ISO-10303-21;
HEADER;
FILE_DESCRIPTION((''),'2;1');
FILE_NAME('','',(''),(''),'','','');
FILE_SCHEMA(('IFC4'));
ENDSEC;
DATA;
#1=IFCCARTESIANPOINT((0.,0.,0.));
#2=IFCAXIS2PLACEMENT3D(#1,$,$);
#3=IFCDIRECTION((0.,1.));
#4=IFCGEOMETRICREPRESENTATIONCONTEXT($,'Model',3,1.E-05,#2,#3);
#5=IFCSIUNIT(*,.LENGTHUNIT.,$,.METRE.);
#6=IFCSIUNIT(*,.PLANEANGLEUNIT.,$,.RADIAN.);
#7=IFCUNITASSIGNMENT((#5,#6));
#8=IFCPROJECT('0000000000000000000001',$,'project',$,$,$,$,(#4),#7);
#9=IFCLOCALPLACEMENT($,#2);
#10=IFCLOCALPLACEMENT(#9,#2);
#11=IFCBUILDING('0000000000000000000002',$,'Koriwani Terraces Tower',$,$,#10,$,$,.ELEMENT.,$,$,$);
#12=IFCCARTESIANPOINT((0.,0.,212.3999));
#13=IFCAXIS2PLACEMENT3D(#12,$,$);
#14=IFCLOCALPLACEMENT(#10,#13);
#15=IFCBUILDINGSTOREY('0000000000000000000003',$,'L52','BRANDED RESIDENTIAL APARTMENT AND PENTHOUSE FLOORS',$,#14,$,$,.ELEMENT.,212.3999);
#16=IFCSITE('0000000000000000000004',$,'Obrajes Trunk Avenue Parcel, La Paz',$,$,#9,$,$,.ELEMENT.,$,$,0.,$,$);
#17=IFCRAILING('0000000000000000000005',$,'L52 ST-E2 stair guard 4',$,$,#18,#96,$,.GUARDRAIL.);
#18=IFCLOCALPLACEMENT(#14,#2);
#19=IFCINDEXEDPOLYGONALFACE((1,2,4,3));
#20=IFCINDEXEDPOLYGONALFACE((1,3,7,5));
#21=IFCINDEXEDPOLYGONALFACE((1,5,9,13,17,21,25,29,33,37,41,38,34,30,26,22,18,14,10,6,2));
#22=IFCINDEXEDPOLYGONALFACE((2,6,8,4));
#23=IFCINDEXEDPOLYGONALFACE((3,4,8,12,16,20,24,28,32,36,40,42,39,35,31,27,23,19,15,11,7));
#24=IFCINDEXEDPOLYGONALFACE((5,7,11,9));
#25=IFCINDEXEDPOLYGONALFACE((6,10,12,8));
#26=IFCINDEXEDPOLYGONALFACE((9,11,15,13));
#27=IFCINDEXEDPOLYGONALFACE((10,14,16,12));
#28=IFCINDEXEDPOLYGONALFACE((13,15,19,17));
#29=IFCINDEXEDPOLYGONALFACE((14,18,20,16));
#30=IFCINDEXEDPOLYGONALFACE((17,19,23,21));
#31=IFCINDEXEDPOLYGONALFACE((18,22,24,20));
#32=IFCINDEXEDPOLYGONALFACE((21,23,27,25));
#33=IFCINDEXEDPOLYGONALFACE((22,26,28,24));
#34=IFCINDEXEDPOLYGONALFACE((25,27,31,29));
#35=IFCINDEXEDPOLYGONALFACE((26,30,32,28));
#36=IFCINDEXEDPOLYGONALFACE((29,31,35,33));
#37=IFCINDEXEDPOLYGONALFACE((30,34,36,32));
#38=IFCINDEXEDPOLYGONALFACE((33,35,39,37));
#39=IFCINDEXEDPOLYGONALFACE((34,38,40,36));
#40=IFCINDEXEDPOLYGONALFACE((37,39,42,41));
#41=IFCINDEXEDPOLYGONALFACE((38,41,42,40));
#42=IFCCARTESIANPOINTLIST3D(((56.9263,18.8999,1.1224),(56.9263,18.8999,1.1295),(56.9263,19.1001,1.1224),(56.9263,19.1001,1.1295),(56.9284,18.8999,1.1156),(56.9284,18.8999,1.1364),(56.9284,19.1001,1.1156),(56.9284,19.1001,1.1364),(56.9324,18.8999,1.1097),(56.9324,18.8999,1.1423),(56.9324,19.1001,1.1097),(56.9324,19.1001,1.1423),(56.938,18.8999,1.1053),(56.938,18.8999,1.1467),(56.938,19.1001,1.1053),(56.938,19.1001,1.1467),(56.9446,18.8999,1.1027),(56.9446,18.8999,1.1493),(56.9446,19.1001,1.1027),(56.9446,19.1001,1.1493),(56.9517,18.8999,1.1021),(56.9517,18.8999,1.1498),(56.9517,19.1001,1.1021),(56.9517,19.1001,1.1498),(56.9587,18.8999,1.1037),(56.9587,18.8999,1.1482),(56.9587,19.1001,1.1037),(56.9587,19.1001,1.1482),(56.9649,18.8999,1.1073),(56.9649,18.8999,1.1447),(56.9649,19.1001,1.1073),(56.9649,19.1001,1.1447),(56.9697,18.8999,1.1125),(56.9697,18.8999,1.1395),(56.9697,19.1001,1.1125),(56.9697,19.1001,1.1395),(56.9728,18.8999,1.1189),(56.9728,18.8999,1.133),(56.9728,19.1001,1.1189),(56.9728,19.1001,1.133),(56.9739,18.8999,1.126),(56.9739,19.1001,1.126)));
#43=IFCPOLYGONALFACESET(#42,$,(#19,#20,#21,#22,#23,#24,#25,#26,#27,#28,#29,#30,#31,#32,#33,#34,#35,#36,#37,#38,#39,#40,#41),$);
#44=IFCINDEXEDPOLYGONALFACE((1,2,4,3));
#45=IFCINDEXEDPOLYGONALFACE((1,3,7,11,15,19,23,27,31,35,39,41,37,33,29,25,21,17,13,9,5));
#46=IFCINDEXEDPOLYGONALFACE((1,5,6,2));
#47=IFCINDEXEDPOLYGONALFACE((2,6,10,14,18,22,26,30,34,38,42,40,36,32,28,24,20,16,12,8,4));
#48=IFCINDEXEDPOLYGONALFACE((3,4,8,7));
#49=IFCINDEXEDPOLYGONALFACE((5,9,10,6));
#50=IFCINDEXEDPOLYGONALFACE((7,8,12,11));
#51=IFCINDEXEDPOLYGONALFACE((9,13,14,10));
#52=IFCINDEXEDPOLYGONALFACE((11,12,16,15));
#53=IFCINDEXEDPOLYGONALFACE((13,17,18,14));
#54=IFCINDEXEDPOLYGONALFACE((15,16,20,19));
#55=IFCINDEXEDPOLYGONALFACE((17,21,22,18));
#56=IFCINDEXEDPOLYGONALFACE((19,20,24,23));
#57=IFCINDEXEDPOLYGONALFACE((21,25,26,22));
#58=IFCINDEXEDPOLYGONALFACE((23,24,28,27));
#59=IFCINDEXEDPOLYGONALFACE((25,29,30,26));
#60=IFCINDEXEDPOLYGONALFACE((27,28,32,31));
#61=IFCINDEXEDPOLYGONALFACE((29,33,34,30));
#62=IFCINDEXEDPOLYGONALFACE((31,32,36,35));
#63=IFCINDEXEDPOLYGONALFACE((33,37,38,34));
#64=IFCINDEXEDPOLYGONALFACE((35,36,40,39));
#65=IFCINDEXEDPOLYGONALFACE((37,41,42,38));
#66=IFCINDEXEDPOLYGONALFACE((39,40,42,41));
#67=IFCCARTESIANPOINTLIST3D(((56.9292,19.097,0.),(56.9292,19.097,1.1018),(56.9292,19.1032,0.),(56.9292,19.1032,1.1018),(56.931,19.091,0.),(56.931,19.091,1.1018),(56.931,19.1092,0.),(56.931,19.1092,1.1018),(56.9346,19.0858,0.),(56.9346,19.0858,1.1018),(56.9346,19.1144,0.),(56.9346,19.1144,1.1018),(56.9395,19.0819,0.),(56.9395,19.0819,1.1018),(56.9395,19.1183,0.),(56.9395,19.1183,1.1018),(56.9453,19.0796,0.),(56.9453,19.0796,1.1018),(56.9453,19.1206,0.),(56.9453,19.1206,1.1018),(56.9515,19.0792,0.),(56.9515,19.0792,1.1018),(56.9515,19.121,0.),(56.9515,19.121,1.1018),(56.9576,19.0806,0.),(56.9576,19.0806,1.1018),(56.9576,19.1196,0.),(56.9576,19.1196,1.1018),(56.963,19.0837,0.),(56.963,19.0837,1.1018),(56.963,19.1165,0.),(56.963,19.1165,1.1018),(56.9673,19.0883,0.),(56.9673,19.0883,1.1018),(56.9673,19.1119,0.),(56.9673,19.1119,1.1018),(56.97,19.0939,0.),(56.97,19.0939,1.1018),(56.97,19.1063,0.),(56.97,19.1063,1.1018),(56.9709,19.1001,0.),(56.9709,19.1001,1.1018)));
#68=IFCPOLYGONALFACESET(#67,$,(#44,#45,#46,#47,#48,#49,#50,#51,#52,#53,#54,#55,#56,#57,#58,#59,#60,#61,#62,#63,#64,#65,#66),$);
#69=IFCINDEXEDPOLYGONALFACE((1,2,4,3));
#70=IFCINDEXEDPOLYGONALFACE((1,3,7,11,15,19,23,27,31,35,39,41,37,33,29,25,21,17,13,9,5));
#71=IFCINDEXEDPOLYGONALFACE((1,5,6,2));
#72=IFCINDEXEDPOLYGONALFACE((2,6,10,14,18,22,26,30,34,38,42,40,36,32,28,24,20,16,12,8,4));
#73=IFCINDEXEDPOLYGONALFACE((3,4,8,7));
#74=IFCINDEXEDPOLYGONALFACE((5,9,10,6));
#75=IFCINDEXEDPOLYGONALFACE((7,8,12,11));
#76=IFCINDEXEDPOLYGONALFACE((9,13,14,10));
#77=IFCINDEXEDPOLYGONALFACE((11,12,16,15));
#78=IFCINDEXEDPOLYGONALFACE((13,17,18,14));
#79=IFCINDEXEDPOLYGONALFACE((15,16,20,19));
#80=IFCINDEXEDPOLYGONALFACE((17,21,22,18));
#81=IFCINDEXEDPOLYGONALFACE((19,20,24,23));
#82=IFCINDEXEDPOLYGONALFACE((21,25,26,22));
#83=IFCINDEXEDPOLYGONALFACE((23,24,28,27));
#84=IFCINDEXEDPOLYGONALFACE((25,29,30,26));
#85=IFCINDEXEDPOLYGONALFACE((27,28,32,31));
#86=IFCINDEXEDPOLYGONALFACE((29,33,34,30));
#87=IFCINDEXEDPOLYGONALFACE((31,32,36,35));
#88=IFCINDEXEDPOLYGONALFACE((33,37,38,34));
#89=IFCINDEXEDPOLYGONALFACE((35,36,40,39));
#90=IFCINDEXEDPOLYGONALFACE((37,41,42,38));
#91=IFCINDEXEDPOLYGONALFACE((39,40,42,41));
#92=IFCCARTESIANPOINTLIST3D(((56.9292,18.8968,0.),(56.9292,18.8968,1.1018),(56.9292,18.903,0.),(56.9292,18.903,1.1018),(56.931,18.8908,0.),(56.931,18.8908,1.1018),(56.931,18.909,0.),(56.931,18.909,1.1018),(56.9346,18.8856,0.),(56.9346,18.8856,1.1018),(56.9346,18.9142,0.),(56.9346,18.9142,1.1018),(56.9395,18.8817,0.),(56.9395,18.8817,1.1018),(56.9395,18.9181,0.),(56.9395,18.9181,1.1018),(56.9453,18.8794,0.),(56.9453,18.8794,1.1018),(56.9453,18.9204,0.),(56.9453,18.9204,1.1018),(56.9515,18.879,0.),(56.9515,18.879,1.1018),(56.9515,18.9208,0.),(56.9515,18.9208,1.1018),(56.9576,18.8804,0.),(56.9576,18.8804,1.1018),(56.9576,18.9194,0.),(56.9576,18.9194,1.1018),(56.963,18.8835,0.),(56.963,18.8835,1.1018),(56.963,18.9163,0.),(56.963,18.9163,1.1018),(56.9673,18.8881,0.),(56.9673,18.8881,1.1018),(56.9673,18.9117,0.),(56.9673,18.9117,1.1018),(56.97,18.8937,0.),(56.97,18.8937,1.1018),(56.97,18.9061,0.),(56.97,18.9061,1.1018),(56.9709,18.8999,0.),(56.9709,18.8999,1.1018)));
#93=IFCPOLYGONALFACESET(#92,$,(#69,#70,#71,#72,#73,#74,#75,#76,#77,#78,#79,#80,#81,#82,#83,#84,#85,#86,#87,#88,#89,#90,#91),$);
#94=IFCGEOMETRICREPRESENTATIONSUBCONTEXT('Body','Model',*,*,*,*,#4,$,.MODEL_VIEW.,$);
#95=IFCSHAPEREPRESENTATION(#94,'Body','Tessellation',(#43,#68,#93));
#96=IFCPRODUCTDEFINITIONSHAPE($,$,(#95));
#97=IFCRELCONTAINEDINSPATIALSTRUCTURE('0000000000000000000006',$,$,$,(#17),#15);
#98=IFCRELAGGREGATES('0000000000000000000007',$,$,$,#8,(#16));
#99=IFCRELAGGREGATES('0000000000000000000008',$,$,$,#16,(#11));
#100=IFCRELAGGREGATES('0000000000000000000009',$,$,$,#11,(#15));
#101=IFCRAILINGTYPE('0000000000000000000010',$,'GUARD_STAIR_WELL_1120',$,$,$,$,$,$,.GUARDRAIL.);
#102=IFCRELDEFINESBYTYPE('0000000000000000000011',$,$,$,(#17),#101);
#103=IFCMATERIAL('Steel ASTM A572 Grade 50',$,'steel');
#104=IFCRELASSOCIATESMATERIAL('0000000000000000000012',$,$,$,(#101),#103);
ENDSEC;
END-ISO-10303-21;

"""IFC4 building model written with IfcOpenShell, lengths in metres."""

from ifc_helpers import new_model, si_unit, direction, frame, origin, origin_2d, place, context, subcontext, project, spatial, circle, extrude, material, type_object, element, save


model = new_model("IFC4")

# Units and contexts
model_context = context("Model", 3, precision=1e-05, world=origin(), true_north=direction((0.0, 1.0)))
body_context = subcontext(model_context, "Body", "Model", "MODEL_VIEW")
ifc_project = project(units=[si_unit("LENGTHUNIT", "METRE"), si_unit("PLANEANGLEUNIT", "RADIAN")], contexts=[model_context])

# Site, building, storey
site_placement = place(None, origin())
site = spatial("IfcSite", under=ifc_project, at=site_placement, Name="Obrajes Trunk Avenue Parcel, La Paz", CompositionType="ELEMENT", RefElevation=0.0)
building_placement = place(site_placement, origin())
building = spatial("IfcBuilding", under=site, at=building_placement, Name="Koriwani Terraces Tower", CompositionType="ELEMENT")
storey_placement = place(building_placement, frame((0.0, 0.0, 212.3999)))
storey = spatial("IfcBuildingStorey", under=building, at=storey_placement, Name="L52", Description="BRANDED RESIDENTIAL APARTMENT AND PENTHOUSE FLOORS", CompositionType="ELEMENT", Elevation=212.3999)

# Railing
ifc_material_1 = material(Name="Steel ASTM A572 Grade 50", Category="steel")
railing_type_1 = type_object("IfcRailingType", Name="GUARD_STAIR_WELL_1120", PredefinedType="GUARDRAIL", material=ifc_material_1)
railing_1_placement = place(storey_placement, frame((56.95, 19.1001, 0.0)))
element("IfcRailing", 1, at=railing_1_placement, inside=storey, type_object=railing_type_1, Name="L52 ST-E2 stair guard 4", PredefinedType="GUARDRAIL", context=body_context, shape_type="SweptSolid", body=[
    extrude(circle(Radius=0.0239, at=origin_2d()), frame((0.0, 0.0, 1.126), z_axis=(0.0, -1.0, 0.0), x_axis=(1.0, 0.0, 0.0)), (0.0, 0.0, 1.0), 0.2002),
    extrude(circle(Radius=0.021, at=origin_2d()), origin(), (0.0, 0.0, 1.0), 1.1018),
    extrude(circle(Radius=0.021, at=origin_2d()), frame((0.0, -0.2002, 0.0)), (0.0, 0.0, 1.0), 1.1018),
])

save(model, "model.ifc")
